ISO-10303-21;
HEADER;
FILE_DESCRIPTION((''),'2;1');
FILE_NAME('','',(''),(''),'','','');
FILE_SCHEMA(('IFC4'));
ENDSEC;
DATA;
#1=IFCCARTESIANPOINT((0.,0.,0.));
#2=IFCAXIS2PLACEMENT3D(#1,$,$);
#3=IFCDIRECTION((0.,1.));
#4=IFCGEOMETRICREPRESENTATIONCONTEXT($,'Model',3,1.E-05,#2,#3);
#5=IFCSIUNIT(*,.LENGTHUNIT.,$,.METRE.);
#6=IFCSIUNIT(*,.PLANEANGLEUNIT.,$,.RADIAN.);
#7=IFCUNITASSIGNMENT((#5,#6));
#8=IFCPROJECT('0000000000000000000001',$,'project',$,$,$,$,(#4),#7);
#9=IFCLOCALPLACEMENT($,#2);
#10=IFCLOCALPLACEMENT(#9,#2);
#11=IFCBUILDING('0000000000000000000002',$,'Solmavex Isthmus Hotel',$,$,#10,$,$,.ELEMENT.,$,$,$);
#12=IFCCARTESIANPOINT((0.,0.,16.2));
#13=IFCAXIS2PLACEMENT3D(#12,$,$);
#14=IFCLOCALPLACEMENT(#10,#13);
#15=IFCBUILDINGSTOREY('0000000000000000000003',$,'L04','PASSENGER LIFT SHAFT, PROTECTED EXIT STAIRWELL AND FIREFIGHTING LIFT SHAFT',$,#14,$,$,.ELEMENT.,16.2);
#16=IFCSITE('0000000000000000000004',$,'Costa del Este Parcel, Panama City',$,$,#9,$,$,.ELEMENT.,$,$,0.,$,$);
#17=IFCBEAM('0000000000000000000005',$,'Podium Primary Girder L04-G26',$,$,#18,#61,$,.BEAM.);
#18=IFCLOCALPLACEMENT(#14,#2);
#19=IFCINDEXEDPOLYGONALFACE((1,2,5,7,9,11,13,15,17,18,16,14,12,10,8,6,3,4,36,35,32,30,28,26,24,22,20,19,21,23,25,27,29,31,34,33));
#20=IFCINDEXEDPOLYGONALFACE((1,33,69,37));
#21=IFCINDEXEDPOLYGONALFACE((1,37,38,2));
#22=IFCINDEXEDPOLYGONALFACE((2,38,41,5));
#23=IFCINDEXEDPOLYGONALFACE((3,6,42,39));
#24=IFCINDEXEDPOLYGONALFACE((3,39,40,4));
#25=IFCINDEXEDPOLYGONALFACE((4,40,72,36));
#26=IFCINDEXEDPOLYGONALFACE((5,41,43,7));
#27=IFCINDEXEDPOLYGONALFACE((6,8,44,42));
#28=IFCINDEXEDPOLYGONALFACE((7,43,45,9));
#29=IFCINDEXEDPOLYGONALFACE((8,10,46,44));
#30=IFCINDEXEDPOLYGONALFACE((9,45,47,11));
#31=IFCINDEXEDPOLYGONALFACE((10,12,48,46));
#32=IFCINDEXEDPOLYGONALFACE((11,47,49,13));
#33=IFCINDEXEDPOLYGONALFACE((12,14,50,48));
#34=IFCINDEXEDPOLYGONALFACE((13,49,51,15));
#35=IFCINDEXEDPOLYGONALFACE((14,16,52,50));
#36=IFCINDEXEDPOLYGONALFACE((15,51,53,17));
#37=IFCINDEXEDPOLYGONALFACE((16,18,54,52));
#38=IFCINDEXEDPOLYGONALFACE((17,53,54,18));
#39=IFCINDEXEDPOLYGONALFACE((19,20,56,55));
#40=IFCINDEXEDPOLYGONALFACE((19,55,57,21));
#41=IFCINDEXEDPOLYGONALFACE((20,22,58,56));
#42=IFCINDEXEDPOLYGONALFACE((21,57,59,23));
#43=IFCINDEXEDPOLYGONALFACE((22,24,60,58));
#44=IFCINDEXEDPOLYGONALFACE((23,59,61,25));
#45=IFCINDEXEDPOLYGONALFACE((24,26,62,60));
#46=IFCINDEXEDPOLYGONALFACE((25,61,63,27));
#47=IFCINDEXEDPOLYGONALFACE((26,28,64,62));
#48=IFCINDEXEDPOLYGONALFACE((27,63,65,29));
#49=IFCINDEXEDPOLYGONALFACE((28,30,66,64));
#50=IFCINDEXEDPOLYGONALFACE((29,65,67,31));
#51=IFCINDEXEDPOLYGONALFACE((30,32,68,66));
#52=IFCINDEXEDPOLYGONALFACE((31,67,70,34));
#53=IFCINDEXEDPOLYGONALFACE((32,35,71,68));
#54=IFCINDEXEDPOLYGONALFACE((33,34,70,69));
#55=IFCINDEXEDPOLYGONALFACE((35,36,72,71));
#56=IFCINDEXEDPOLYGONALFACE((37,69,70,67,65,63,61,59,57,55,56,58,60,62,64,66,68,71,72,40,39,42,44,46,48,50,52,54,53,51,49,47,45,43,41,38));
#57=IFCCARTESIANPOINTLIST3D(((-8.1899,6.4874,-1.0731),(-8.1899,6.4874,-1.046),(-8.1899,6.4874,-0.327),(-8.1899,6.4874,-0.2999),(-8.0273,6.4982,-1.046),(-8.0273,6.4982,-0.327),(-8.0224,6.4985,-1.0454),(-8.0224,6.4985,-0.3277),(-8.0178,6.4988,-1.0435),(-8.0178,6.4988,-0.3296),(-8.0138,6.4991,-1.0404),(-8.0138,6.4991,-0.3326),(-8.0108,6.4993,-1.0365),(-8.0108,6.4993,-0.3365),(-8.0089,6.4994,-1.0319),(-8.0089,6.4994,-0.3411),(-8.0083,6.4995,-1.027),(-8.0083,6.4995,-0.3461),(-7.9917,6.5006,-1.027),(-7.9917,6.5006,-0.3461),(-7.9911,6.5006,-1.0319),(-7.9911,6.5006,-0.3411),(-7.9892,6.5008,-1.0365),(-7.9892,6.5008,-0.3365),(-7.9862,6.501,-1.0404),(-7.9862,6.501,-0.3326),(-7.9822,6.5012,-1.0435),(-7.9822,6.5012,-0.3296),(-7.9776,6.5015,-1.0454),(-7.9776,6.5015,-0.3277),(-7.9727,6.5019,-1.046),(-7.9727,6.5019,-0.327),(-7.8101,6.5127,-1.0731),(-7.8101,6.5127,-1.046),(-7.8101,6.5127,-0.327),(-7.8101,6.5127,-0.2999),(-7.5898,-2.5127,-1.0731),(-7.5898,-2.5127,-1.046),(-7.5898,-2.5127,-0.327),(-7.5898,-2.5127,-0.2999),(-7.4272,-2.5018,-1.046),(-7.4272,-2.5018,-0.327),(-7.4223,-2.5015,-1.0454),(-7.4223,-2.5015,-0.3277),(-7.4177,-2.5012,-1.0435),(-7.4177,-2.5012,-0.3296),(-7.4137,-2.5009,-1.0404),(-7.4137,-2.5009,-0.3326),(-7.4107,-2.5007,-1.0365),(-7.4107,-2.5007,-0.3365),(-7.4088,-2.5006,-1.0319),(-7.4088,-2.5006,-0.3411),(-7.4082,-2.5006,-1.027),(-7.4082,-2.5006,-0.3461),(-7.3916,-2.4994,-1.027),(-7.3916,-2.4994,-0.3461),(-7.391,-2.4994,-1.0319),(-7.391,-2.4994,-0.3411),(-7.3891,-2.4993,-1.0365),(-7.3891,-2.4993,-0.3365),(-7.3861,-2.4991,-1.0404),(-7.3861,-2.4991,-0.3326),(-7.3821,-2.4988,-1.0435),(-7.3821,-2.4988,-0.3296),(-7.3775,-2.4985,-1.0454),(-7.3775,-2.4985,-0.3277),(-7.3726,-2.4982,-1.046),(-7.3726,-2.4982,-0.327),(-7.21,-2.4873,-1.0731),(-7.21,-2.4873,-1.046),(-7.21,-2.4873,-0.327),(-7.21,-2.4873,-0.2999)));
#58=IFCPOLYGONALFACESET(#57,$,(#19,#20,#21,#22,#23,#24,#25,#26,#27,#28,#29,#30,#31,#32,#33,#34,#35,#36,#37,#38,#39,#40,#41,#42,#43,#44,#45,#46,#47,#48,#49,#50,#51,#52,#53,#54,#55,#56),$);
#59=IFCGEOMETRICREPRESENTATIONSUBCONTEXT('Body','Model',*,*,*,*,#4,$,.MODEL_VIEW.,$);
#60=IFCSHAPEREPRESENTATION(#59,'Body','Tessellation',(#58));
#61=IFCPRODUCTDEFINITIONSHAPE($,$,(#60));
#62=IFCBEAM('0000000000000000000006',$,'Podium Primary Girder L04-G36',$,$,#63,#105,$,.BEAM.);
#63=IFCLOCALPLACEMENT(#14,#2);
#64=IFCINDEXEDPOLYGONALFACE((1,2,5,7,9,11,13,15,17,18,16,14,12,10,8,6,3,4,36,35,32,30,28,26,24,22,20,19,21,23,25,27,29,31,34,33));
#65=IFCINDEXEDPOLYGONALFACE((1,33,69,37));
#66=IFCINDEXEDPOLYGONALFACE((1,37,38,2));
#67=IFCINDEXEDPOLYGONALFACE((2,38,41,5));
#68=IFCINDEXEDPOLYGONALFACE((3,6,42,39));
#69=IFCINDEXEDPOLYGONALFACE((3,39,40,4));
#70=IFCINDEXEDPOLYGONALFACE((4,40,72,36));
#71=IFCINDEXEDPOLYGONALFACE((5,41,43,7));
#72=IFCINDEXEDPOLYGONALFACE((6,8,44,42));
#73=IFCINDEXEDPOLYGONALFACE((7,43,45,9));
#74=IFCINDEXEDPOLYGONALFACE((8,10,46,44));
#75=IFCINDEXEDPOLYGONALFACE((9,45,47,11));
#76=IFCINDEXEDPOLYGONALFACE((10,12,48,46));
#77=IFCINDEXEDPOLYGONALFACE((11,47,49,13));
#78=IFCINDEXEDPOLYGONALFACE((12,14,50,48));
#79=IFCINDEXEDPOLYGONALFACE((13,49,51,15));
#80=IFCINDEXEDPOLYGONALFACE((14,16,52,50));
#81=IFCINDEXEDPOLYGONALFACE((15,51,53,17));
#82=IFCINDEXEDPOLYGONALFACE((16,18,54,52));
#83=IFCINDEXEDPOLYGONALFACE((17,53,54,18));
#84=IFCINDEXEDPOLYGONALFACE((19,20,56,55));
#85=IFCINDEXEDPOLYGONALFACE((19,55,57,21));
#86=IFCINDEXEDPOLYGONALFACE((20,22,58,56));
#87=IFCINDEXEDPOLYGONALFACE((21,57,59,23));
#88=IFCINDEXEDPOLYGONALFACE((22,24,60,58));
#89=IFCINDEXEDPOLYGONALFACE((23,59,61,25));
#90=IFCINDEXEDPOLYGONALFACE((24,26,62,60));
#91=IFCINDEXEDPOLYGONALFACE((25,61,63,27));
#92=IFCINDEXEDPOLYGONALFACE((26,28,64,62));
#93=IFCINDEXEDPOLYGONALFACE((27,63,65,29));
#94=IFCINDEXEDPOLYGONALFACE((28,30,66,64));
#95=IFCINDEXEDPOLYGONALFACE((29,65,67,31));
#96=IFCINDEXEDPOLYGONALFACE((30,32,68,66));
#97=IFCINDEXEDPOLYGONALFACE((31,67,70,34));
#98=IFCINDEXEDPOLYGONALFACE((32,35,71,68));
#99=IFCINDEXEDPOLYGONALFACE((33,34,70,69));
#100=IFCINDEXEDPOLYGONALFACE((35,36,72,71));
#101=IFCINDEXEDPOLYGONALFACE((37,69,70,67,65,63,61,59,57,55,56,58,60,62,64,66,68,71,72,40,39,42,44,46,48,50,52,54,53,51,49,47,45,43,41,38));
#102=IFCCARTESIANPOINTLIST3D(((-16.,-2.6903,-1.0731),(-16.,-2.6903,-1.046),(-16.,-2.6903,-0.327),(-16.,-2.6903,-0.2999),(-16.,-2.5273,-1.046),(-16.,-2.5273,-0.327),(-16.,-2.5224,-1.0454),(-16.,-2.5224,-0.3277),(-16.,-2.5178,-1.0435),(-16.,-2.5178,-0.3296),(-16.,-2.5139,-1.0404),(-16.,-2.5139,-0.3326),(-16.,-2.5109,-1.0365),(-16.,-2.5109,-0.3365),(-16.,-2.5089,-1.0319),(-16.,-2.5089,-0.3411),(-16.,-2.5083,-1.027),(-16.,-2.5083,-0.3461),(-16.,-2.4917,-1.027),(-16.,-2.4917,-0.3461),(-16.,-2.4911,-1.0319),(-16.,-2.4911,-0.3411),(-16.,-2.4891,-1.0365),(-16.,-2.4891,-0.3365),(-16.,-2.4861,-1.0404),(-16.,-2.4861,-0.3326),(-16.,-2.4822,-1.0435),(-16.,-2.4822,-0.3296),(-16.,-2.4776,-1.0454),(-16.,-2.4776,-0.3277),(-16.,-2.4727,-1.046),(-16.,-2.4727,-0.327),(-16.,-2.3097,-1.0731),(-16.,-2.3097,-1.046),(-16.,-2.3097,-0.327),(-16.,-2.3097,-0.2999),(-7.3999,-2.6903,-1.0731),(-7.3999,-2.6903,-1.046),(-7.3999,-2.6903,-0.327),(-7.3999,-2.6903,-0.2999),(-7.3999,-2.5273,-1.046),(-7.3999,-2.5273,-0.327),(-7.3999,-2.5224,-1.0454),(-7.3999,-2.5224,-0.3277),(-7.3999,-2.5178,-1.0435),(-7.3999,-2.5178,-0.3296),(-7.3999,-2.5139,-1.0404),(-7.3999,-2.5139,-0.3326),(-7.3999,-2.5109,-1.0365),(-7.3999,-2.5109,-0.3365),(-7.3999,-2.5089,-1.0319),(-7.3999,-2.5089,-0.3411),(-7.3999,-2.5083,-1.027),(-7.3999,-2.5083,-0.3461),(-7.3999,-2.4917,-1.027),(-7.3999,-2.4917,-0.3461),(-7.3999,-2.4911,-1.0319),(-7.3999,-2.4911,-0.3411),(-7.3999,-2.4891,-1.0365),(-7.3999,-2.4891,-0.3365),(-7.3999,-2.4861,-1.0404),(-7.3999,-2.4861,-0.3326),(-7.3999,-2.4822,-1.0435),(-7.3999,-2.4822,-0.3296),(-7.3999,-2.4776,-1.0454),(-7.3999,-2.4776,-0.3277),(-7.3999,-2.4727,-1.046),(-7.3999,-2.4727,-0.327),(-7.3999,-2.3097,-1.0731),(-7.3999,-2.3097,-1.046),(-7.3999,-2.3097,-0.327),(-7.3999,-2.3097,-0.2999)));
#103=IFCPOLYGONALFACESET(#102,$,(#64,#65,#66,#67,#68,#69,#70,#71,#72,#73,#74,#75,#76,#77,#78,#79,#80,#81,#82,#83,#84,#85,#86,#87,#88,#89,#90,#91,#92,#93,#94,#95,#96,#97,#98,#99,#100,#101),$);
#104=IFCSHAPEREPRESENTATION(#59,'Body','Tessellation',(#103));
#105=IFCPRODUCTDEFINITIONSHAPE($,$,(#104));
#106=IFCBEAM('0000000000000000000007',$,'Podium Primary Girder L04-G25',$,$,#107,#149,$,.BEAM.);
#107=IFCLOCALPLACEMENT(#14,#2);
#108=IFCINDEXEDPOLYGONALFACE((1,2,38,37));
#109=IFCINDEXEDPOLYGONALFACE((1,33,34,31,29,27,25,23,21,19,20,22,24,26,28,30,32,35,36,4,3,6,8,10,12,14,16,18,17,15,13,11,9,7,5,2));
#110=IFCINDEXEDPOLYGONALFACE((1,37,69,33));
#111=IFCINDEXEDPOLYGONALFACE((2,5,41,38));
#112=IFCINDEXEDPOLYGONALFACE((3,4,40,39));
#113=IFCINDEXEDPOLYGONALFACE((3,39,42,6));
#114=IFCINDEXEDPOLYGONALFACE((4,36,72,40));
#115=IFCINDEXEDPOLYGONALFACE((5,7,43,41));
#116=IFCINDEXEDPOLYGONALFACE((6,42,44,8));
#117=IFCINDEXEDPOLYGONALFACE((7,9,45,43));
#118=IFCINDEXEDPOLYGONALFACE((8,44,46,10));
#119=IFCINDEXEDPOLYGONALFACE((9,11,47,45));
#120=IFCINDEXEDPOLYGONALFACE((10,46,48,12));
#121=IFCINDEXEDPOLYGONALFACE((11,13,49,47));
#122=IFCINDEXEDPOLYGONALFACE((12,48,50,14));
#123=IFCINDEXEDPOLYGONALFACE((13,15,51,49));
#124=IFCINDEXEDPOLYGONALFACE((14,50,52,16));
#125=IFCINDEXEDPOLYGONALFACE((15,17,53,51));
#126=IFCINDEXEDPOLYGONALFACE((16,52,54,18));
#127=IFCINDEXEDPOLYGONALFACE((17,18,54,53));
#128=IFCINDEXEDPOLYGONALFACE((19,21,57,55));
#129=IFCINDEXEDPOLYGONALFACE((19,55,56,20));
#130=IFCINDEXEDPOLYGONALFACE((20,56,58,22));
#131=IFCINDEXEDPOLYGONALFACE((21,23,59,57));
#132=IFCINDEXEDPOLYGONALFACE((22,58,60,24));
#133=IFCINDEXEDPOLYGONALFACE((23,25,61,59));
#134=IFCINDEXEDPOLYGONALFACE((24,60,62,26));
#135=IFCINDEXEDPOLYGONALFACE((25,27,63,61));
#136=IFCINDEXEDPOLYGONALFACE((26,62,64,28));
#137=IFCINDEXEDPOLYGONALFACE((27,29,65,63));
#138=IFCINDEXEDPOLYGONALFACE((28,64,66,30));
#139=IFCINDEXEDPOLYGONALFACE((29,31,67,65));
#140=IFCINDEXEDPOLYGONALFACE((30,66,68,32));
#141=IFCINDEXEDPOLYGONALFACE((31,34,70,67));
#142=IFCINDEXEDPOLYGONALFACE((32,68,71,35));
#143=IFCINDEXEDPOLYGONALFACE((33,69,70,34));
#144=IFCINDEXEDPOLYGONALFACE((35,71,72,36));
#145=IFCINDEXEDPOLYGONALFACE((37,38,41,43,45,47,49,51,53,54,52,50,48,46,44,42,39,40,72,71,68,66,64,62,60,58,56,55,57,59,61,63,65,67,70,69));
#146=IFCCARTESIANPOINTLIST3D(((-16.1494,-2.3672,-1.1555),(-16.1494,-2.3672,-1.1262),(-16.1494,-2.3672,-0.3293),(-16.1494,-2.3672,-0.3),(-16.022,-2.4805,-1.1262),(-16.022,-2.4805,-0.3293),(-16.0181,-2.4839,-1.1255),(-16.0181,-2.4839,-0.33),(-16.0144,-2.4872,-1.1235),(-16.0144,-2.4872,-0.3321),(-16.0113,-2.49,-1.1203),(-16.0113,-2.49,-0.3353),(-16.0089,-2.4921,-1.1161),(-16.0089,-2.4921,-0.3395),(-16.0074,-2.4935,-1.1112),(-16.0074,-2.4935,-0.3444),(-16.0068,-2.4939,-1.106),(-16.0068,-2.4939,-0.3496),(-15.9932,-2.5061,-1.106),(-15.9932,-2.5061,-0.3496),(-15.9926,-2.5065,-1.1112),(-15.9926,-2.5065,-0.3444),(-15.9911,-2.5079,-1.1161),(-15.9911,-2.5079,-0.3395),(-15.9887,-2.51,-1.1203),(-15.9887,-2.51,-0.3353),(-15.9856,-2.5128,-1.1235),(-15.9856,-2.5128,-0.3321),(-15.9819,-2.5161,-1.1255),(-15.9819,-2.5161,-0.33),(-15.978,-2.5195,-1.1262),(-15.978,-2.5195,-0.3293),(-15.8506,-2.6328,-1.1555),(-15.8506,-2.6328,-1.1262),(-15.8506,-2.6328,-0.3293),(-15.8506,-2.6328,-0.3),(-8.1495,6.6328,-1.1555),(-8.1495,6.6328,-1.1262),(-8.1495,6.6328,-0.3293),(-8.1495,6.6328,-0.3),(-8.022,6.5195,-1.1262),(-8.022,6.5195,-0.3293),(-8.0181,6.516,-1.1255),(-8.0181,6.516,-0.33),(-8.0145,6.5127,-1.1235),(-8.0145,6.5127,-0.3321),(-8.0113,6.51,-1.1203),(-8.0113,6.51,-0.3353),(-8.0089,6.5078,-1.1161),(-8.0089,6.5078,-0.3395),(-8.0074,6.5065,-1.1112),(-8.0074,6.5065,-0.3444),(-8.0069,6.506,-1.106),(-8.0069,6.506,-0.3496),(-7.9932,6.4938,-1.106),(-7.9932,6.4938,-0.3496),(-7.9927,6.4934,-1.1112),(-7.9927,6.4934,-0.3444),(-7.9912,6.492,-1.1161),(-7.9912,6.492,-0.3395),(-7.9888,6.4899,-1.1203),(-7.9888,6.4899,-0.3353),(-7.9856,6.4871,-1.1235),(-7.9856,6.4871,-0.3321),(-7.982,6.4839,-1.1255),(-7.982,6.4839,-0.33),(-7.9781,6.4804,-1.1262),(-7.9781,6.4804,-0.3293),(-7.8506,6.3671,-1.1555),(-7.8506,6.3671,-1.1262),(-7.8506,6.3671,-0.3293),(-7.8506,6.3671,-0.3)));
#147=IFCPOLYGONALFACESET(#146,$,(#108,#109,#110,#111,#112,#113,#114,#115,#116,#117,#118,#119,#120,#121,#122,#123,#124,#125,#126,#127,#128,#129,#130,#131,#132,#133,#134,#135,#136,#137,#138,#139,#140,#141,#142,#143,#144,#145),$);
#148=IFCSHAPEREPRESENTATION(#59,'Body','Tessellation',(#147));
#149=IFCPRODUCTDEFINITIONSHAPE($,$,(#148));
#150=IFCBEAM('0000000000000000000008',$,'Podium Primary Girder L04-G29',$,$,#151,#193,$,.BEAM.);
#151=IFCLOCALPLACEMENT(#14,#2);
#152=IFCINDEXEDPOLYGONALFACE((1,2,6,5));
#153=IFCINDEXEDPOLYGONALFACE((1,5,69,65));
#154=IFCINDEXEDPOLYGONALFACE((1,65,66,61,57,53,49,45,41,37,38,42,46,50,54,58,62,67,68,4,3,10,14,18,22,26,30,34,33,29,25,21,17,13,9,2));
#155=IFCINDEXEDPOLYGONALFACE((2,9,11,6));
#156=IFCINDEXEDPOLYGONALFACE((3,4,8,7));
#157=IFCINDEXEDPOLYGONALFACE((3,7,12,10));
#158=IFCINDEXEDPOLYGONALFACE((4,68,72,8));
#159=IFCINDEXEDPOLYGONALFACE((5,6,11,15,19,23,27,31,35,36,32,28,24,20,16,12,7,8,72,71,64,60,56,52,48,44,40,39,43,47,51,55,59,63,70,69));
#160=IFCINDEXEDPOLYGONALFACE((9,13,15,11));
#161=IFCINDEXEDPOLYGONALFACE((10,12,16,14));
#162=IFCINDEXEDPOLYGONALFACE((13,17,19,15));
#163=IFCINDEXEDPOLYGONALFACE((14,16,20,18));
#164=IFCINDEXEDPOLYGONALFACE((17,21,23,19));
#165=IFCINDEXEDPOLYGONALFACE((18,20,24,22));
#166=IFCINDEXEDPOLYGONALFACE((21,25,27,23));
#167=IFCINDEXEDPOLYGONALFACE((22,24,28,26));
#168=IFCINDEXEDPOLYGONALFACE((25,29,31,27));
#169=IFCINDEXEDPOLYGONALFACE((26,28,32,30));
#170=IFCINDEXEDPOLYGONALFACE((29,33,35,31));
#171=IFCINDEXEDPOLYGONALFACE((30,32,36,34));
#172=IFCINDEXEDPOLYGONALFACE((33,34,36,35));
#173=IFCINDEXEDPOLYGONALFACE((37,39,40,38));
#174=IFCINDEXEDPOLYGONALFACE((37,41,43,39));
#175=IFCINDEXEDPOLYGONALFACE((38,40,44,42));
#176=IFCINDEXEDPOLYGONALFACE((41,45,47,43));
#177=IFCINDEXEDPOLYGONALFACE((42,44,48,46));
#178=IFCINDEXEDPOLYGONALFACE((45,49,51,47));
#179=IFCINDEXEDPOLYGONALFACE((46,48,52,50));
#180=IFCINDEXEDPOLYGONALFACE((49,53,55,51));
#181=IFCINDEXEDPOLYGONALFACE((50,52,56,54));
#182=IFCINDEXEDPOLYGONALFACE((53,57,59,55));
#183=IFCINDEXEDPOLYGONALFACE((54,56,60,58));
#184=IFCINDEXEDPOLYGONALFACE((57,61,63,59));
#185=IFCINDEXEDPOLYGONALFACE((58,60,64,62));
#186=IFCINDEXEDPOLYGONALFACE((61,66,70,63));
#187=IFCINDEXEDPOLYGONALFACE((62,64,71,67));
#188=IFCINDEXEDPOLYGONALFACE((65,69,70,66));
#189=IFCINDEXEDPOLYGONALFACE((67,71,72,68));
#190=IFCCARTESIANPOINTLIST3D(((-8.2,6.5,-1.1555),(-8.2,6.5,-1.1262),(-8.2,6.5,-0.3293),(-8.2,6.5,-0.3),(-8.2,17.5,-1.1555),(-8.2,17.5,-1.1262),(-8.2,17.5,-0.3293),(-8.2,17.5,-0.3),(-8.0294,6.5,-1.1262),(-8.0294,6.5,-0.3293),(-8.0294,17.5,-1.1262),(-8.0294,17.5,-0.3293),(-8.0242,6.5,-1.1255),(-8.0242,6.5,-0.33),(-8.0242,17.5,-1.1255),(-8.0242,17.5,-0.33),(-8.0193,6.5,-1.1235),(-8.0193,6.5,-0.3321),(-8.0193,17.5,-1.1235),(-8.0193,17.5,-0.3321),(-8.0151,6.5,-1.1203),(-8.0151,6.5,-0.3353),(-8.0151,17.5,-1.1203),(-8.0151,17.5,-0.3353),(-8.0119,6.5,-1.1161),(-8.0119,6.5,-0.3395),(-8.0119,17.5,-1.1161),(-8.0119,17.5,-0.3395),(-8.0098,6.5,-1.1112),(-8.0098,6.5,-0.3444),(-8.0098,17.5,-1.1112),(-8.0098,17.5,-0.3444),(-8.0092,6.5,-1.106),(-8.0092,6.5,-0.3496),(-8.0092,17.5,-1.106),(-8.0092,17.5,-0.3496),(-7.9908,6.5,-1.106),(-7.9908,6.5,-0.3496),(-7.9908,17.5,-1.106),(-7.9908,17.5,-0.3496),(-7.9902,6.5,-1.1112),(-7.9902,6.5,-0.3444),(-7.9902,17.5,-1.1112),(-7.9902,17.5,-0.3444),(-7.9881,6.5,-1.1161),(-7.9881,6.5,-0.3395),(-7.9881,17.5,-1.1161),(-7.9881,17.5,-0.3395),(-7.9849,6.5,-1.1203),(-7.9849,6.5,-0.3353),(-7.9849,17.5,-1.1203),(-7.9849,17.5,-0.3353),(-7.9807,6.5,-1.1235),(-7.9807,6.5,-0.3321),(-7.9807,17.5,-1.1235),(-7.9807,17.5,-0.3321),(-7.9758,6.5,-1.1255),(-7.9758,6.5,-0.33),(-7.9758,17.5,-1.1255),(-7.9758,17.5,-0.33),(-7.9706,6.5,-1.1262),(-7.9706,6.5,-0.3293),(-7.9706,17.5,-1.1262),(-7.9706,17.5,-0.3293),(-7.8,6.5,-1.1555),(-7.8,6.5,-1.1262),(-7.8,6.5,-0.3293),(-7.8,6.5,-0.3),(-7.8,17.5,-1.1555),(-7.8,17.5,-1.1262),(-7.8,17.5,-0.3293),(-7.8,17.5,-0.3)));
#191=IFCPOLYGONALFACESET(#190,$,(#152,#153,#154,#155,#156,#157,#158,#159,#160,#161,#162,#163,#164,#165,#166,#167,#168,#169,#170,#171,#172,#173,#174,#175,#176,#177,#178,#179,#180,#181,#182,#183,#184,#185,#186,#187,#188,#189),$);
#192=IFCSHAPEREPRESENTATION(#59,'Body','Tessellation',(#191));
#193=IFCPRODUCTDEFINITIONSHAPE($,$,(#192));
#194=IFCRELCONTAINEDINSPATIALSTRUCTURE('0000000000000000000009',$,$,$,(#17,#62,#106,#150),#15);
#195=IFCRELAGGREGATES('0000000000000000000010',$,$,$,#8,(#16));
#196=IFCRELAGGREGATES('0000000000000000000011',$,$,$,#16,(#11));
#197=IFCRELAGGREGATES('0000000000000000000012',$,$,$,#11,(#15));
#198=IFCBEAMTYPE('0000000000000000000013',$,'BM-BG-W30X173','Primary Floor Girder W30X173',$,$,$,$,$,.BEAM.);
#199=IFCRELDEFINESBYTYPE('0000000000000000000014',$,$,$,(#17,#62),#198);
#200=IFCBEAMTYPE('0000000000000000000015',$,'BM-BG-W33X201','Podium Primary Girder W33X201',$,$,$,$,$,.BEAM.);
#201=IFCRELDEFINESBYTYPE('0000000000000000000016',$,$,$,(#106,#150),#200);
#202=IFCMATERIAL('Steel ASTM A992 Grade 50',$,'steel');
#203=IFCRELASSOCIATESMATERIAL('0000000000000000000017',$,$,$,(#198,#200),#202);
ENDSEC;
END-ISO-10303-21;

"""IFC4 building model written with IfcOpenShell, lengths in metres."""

from ifc_helpers import new_model, si_unit, direction, frame, origin, origin_2d, place, context, subcontext, project, spatial, i_section, extrude, material, material_profile, profile_set, type_object, element, save


model = new_model("IFC4")

# Units and contexts
model_context = context("Model", 3, precision=1e-05, world=origin(), true_north=direction((0.0, 1.0)))
body_context = subcontext(model_context, "Body", "Model", "MODEL_VIEW")
ifc_project = project(units=[si_unit("LENGTHUNIT", "METRE"), si_unit("PLANEANGLEUNIT", "RADIAN")], contexts=[model_context])

# Site, building, storey
site_placement = place(None, origin())
site = spatial("IfcSite", under=ifc_project, at=site_placement, Name="Costa del Este Parcel, Panama City", CompositionType="ELEMENT", RefElevation=0.0)
building_placement = place(site_placement, origin())
building = spatial("IfcBuilding", under=site, at=building_placement, Name="Solmavex Isthmus Hotel", CompositionType="ELEMENT")
storey_placement = place(building_placement, frame((0.0, 0.0, 16.2)))
storey = spatial("IfcBuildingStorey", under=building, at=storey_placement, Name="L04", Description="PASSENGER LIFT SHAFT, PROTECTED EXIT STAIRWELL AND FIREFIGHTING LIFT SHAFT", CompositionType="ELEMENT", Elevation=16.2)

# Beams
ifc_material_1 = material(Name="Steel ASTM A992 Grade 50", Category="steel")
ifc_material_profile_1 = material_profile(ifc_material_1, i_section(OverallWidth=0.3806, OverallDepth=0.7732, WebThickness=0.0166, FlangeThickness=0.0271, FilletRadius=0.019, at=origin_2d()), Name="W30X173")
ifc_profile_set_1 = profile_set([ifc_material_profile_1], Name="Steel ASTM A992 Grade 50")
beam_type_1 = type_object("IfcBeamType", Name="BM-BG-W30X173", Description="Primary Floor Girder W30X173", PredefinedType="BEAM", material=ifc_profile_set_1)
beam_1_placement = place(storey_placement, frame((-7.3999, -2.5, -0.6865), z_axis=(-0.06653, 0.997784, 0.0), x_axis=(-0.997784, -0.06653, 0.0)))
element("IfcBeam", 1, at=beam_1_placement, inside=storey, type_object=beam_type_1, Name="Podium Primary Girder L04-G26", PredefinedType="BEAM", context=body_context, shape_type="SweptSolid", body=[
    extrude(i_section(OverallWidth=0.3806, OverallDepth=0.7732, WebThickness=0.0166, FlangeThickness=0.0271, FilletRadius=0.019, at=origin_2d()), origin(), (0.0, 0.0, 1.0), 9.02),
])
beam_2_placement = place(storey_placement, frame((-16.0, -2.5, -0.6865), z_axis=(1.0, 0.0, 0.0), x_axis=(0.0, 1.0, 0.0)))
element("IfcBeam", 2, at=beam_2_placement, inside=storey, type_object=beam_type_1, Name="Podium Primary Girder L04-G36", PredefinedType="BEAM", context=body_context, shape_type="SweptSolid", body=[
    extrude(i_section(OverallWidth=0.3806, OverallDepth=0.7732, WebThickness=0.0166, FlangeThickness=0.0271, FilletRadius=0.019, at=origin_2d()), origin(), (0.0, 0.0, 1.0), 8.6001),
])
ifc_material_profile_2 = material_profile(ifc_material_1, i_section(OverallWidth=0.3999, OverallDepth=0.8555, WebThickness=0.0183, FlangeThickness=0.0293, FilletRadius=0.0203, at=origin_2d()), Name="W33X201")
ifc_profile_set_2 = profile_set([ifc_material_profile_2], Name="Steel ASTM A992 Grade 50")
beam_type_2 = type_object("IfcBeamType", Name="BM-BG-W33X201", Description="Podium Primary Girder W33X201", PredefinedType="BEAM", material=ifc_profile_set_2)
beam_3_placement = place(storey_placement, frame((-16.0, -2.5, -0.7278), z_axis=(0.664364, 0.747409, 0.0), x_axis=(-0.747409, 0.664364, 0.0)))
element("IfcBeam", 3, at=beam_3_placement, inside=storey, type_object=beam_type_2, Name="Podium Primary Girder L04-G25", PredefinedType="BEAM", context=body_context, shape_type="SweptSolid", body=[
    extrude(i_section(OverallWidth=0.3999, OverallDepth=0.8555, WebThickness=0.0183, FlangeThickness=0.0293, FilletRadius=0.0203, at=origin_2d()), origin(), (0.0, 0.0, 1.0), 12.0415),
])
beam_4_placement = place(storey_placement, frame((-8.0, 6.5, -0.7278), z_axis=(0.0, 1.0, 0.0), x_axis=(-1.0, 0.0, 0.0)))
element("IfcBeam", 4, at=beam_4_placement, inside=storey, type_object=beam_type_2, Name="Podium Primary Girder L04-G29", PredefinedType="BEAM", context=body_context, shape_type="SweptSolid", body=[
    extrude(i_section(OverallWidth=0.3999, OverallDepth=0.8555, WebThickness=0.0183, FlangeThickness=0.0293, FilletRadius=0.0203, at=origin_2d()), origin(), (0.0, 0.0, 1.0), 11.0),
])

save(model, "model.ifc")
